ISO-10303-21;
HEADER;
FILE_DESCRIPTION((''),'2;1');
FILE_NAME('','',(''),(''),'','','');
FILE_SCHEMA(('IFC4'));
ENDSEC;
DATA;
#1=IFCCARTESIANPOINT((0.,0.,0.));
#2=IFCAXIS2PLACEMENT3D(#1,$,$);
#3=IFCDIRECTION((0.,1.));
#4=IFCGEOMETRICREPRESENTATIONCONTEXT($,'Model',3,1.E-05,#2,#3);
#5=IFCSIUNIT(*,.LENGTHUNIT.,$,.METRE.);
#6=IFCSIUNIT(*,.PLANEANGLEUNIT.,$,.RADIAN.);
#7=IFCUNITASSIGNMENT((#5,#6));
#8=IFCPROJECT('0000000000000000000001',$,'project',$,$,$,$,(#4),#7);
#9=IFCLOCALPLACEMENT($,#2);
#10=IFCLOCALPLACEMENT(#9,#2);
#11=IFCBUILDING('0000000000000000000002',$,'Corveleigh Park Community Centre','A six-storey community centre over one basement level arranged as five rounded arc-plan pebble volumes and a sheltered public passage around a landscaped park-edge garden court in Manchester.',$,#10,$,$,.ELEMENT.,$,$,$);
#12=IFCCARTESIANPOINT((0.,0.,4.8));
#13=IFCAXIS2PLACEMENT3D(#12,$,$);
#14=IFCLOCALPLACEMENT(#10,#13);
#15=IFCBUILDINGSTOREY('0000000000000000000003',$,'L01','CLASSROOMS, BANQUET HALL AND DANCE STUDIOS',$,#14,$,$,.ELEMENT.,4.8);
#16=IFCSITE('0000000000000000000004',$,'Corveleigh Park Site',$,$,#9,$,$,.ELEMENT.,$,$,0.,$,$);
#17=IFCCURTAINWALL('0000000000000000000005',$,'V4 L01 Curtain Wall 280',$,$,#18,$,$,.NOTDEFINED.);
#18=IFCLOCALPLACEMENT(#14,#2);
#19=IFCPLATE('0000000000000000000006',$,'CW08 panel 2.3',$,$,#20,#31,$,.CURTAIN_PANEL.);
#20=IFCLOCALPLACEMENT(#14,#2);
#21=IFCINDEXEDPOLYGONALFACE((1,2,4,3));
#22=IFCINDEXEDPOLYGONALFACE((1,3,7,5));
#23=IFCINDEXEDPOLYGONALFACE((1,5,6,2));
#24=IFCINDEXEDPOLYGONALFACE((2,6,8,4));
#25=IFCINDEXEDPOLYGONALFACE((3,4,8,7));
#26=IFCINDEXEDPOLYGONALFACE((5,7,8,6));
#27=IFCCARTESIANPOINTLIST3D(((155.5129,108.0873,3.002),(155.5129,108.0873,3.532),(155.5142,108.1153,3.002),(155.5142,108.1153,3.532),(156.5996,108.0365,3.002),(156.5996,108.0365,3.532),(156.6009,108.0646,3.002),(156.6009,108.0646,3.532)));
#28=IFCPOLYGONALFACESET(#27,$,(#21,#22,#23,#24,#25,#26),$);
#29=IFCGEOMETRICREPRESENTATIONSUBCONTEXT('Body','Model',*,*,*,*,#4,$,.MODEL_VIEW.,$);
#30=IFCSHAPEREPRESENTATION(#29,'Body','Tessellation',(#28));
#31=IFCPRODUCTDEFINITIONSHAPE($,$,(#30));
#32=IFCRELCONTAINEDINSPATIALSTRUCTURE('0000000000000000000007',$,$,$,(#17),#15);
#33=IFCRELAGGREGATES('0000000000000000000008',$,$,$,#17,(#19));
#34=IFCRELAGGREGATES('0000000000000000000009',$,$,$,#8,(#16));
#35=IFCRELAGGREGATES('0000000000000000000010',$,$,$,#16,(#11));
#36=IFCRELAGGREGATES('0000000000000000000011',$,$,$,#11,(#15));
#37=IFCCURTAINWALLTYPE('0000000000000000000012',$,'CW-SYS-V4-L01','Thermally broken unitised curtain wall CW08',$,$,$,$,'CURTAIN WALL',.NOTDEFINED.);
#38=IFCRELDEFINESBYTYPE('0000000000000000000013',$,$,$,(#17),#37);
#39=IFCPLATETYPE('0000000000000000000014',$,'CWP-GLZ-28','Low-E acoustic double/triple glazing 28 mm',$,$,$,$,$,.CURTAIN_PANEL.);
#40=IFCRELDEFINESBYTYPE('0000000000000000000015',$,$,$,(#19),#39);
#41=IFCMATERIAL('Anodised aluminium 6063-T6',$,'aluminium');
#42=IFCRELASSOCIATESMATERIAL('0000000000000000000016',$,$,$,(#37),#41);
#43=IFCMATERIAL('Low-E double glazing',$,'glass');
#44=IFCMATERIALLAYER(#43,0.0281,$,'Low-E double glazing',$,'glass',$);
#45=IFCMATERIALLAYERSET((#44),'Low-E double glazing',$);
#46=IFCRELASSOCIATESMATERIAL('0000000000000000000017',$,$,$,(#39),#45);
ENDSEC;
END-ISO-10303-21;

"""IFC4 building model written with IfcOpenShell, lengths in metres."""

from ifc_helpers import new_model, si_unit, direction, frame, origin, origin_2d, place, context, subcontext, project, spatial, rectangle, extrude, material, layer, layer_set, type_object, element, aggregate, save


model = new_model("IFC4")

# Units and contexts
model_context = context("Model", 3, precision=1e-05, world=origin(), true_north=direction((0.0, 1.0)))
body_context = subcontext(model_context, "Body", "Model", "MODEL_VIEW")
ifc_project = project(units=[si_unit("LENGTHUNIT", "METRE"), si_unit("PLANEANGLEUNIT", "RADIAN")], contexts=[model_context])

# Site, building, storey
site_placement = place(None, origin())
site = spatial("IfcSite", under=ifc_project, at=site_placement, Name="Corveleigh Park Site", CompositionType="ELEMENT", RefElevation=0.0)
building_placement = place(site_placement, origin())
building = spatial("IfcBuilding", under=site, at=building_placement, Name="Corveleigh Park Community Centre", Description="A six-storey community centre over one basement level arranged as five rounded arc-plan pebble volumes and a sheltered public passage around a landscaped park-edge garden court in Manchester.", CompositionType="ELEMENT")
storey_placement = place(building_placement, frame((0.0, 0.0, 4.8)))
storey = spatial("IfcBuildingStorey", under=building, at=storey_placement, Name="L01", Description="CLASSROOMS, BANQUET HALL AND DANCE STUDIOS", CompositionType="ELEMENT", Elevation=4.8)

# Curtain wall
ifc_material_1 = material(Name="Anodised aluminium 6063-T6", Category="aluminium")
curtain_wall_type = type_object("IfcCurtainWallType", Name="CW-SYS-V4-L01", Description="Thermally broken unitised curtain wall CW08", ElementType="CURTAIN WALL", PredefinedType="NOTDEFINED", material=ifc_material_1)
curtain_wall_1_placement = place(storey_placement, origin())
curtain_wall_1 = element("IfcCurtainWall", 1, at=curtain_wall_1_placement, inside=storey, type_object=curtain_wall_type, Name="V4 L01 Curtain Wall 280", PredefinedType="NOTDEFINED")

# Plate
ifc_material_2 = material(Name="Low-E double glazing", Category="glass")
ifc_layer = layer(ifc_material_2, 0.0281, Name="Low-E double glazing", Category="glass")
ifc_layer_set = layer_set([ifc_layer], Name="Low-E double glazing")
plate_type = type_object("IfcPlateType", Name="CWP-GLZ-28", Description="Low-E acoustic double/triple glazing 28 mm", PredefinedType="CURTAIN_PANEL", material=ifc_layer_set)
plate_1_placement = place(storey_placement, frame((156.0569, 108.0759, 3.002), z_axis=(0.0, 0.0, 1.0), x_axis=(0.998911, -0.046655, 0.0)))
plate_1 = element("IfcPlate", 2, at=plate_1_placement, type_object=plate_type, Name="CW08 panel 2.3", PredefinedType="CURTAIN_PANEL", context=body_context, shape_type="SweptSolid", body=[
    extrude(rectangle(XDim=1.0879, YDim=0.0281, at=origin_2d()), origin(), (0.0, 0.0, 1.0), 0.53),
])
aggregate(curtain_wall_1, [plate_1])

save(model, "model.ifc")
